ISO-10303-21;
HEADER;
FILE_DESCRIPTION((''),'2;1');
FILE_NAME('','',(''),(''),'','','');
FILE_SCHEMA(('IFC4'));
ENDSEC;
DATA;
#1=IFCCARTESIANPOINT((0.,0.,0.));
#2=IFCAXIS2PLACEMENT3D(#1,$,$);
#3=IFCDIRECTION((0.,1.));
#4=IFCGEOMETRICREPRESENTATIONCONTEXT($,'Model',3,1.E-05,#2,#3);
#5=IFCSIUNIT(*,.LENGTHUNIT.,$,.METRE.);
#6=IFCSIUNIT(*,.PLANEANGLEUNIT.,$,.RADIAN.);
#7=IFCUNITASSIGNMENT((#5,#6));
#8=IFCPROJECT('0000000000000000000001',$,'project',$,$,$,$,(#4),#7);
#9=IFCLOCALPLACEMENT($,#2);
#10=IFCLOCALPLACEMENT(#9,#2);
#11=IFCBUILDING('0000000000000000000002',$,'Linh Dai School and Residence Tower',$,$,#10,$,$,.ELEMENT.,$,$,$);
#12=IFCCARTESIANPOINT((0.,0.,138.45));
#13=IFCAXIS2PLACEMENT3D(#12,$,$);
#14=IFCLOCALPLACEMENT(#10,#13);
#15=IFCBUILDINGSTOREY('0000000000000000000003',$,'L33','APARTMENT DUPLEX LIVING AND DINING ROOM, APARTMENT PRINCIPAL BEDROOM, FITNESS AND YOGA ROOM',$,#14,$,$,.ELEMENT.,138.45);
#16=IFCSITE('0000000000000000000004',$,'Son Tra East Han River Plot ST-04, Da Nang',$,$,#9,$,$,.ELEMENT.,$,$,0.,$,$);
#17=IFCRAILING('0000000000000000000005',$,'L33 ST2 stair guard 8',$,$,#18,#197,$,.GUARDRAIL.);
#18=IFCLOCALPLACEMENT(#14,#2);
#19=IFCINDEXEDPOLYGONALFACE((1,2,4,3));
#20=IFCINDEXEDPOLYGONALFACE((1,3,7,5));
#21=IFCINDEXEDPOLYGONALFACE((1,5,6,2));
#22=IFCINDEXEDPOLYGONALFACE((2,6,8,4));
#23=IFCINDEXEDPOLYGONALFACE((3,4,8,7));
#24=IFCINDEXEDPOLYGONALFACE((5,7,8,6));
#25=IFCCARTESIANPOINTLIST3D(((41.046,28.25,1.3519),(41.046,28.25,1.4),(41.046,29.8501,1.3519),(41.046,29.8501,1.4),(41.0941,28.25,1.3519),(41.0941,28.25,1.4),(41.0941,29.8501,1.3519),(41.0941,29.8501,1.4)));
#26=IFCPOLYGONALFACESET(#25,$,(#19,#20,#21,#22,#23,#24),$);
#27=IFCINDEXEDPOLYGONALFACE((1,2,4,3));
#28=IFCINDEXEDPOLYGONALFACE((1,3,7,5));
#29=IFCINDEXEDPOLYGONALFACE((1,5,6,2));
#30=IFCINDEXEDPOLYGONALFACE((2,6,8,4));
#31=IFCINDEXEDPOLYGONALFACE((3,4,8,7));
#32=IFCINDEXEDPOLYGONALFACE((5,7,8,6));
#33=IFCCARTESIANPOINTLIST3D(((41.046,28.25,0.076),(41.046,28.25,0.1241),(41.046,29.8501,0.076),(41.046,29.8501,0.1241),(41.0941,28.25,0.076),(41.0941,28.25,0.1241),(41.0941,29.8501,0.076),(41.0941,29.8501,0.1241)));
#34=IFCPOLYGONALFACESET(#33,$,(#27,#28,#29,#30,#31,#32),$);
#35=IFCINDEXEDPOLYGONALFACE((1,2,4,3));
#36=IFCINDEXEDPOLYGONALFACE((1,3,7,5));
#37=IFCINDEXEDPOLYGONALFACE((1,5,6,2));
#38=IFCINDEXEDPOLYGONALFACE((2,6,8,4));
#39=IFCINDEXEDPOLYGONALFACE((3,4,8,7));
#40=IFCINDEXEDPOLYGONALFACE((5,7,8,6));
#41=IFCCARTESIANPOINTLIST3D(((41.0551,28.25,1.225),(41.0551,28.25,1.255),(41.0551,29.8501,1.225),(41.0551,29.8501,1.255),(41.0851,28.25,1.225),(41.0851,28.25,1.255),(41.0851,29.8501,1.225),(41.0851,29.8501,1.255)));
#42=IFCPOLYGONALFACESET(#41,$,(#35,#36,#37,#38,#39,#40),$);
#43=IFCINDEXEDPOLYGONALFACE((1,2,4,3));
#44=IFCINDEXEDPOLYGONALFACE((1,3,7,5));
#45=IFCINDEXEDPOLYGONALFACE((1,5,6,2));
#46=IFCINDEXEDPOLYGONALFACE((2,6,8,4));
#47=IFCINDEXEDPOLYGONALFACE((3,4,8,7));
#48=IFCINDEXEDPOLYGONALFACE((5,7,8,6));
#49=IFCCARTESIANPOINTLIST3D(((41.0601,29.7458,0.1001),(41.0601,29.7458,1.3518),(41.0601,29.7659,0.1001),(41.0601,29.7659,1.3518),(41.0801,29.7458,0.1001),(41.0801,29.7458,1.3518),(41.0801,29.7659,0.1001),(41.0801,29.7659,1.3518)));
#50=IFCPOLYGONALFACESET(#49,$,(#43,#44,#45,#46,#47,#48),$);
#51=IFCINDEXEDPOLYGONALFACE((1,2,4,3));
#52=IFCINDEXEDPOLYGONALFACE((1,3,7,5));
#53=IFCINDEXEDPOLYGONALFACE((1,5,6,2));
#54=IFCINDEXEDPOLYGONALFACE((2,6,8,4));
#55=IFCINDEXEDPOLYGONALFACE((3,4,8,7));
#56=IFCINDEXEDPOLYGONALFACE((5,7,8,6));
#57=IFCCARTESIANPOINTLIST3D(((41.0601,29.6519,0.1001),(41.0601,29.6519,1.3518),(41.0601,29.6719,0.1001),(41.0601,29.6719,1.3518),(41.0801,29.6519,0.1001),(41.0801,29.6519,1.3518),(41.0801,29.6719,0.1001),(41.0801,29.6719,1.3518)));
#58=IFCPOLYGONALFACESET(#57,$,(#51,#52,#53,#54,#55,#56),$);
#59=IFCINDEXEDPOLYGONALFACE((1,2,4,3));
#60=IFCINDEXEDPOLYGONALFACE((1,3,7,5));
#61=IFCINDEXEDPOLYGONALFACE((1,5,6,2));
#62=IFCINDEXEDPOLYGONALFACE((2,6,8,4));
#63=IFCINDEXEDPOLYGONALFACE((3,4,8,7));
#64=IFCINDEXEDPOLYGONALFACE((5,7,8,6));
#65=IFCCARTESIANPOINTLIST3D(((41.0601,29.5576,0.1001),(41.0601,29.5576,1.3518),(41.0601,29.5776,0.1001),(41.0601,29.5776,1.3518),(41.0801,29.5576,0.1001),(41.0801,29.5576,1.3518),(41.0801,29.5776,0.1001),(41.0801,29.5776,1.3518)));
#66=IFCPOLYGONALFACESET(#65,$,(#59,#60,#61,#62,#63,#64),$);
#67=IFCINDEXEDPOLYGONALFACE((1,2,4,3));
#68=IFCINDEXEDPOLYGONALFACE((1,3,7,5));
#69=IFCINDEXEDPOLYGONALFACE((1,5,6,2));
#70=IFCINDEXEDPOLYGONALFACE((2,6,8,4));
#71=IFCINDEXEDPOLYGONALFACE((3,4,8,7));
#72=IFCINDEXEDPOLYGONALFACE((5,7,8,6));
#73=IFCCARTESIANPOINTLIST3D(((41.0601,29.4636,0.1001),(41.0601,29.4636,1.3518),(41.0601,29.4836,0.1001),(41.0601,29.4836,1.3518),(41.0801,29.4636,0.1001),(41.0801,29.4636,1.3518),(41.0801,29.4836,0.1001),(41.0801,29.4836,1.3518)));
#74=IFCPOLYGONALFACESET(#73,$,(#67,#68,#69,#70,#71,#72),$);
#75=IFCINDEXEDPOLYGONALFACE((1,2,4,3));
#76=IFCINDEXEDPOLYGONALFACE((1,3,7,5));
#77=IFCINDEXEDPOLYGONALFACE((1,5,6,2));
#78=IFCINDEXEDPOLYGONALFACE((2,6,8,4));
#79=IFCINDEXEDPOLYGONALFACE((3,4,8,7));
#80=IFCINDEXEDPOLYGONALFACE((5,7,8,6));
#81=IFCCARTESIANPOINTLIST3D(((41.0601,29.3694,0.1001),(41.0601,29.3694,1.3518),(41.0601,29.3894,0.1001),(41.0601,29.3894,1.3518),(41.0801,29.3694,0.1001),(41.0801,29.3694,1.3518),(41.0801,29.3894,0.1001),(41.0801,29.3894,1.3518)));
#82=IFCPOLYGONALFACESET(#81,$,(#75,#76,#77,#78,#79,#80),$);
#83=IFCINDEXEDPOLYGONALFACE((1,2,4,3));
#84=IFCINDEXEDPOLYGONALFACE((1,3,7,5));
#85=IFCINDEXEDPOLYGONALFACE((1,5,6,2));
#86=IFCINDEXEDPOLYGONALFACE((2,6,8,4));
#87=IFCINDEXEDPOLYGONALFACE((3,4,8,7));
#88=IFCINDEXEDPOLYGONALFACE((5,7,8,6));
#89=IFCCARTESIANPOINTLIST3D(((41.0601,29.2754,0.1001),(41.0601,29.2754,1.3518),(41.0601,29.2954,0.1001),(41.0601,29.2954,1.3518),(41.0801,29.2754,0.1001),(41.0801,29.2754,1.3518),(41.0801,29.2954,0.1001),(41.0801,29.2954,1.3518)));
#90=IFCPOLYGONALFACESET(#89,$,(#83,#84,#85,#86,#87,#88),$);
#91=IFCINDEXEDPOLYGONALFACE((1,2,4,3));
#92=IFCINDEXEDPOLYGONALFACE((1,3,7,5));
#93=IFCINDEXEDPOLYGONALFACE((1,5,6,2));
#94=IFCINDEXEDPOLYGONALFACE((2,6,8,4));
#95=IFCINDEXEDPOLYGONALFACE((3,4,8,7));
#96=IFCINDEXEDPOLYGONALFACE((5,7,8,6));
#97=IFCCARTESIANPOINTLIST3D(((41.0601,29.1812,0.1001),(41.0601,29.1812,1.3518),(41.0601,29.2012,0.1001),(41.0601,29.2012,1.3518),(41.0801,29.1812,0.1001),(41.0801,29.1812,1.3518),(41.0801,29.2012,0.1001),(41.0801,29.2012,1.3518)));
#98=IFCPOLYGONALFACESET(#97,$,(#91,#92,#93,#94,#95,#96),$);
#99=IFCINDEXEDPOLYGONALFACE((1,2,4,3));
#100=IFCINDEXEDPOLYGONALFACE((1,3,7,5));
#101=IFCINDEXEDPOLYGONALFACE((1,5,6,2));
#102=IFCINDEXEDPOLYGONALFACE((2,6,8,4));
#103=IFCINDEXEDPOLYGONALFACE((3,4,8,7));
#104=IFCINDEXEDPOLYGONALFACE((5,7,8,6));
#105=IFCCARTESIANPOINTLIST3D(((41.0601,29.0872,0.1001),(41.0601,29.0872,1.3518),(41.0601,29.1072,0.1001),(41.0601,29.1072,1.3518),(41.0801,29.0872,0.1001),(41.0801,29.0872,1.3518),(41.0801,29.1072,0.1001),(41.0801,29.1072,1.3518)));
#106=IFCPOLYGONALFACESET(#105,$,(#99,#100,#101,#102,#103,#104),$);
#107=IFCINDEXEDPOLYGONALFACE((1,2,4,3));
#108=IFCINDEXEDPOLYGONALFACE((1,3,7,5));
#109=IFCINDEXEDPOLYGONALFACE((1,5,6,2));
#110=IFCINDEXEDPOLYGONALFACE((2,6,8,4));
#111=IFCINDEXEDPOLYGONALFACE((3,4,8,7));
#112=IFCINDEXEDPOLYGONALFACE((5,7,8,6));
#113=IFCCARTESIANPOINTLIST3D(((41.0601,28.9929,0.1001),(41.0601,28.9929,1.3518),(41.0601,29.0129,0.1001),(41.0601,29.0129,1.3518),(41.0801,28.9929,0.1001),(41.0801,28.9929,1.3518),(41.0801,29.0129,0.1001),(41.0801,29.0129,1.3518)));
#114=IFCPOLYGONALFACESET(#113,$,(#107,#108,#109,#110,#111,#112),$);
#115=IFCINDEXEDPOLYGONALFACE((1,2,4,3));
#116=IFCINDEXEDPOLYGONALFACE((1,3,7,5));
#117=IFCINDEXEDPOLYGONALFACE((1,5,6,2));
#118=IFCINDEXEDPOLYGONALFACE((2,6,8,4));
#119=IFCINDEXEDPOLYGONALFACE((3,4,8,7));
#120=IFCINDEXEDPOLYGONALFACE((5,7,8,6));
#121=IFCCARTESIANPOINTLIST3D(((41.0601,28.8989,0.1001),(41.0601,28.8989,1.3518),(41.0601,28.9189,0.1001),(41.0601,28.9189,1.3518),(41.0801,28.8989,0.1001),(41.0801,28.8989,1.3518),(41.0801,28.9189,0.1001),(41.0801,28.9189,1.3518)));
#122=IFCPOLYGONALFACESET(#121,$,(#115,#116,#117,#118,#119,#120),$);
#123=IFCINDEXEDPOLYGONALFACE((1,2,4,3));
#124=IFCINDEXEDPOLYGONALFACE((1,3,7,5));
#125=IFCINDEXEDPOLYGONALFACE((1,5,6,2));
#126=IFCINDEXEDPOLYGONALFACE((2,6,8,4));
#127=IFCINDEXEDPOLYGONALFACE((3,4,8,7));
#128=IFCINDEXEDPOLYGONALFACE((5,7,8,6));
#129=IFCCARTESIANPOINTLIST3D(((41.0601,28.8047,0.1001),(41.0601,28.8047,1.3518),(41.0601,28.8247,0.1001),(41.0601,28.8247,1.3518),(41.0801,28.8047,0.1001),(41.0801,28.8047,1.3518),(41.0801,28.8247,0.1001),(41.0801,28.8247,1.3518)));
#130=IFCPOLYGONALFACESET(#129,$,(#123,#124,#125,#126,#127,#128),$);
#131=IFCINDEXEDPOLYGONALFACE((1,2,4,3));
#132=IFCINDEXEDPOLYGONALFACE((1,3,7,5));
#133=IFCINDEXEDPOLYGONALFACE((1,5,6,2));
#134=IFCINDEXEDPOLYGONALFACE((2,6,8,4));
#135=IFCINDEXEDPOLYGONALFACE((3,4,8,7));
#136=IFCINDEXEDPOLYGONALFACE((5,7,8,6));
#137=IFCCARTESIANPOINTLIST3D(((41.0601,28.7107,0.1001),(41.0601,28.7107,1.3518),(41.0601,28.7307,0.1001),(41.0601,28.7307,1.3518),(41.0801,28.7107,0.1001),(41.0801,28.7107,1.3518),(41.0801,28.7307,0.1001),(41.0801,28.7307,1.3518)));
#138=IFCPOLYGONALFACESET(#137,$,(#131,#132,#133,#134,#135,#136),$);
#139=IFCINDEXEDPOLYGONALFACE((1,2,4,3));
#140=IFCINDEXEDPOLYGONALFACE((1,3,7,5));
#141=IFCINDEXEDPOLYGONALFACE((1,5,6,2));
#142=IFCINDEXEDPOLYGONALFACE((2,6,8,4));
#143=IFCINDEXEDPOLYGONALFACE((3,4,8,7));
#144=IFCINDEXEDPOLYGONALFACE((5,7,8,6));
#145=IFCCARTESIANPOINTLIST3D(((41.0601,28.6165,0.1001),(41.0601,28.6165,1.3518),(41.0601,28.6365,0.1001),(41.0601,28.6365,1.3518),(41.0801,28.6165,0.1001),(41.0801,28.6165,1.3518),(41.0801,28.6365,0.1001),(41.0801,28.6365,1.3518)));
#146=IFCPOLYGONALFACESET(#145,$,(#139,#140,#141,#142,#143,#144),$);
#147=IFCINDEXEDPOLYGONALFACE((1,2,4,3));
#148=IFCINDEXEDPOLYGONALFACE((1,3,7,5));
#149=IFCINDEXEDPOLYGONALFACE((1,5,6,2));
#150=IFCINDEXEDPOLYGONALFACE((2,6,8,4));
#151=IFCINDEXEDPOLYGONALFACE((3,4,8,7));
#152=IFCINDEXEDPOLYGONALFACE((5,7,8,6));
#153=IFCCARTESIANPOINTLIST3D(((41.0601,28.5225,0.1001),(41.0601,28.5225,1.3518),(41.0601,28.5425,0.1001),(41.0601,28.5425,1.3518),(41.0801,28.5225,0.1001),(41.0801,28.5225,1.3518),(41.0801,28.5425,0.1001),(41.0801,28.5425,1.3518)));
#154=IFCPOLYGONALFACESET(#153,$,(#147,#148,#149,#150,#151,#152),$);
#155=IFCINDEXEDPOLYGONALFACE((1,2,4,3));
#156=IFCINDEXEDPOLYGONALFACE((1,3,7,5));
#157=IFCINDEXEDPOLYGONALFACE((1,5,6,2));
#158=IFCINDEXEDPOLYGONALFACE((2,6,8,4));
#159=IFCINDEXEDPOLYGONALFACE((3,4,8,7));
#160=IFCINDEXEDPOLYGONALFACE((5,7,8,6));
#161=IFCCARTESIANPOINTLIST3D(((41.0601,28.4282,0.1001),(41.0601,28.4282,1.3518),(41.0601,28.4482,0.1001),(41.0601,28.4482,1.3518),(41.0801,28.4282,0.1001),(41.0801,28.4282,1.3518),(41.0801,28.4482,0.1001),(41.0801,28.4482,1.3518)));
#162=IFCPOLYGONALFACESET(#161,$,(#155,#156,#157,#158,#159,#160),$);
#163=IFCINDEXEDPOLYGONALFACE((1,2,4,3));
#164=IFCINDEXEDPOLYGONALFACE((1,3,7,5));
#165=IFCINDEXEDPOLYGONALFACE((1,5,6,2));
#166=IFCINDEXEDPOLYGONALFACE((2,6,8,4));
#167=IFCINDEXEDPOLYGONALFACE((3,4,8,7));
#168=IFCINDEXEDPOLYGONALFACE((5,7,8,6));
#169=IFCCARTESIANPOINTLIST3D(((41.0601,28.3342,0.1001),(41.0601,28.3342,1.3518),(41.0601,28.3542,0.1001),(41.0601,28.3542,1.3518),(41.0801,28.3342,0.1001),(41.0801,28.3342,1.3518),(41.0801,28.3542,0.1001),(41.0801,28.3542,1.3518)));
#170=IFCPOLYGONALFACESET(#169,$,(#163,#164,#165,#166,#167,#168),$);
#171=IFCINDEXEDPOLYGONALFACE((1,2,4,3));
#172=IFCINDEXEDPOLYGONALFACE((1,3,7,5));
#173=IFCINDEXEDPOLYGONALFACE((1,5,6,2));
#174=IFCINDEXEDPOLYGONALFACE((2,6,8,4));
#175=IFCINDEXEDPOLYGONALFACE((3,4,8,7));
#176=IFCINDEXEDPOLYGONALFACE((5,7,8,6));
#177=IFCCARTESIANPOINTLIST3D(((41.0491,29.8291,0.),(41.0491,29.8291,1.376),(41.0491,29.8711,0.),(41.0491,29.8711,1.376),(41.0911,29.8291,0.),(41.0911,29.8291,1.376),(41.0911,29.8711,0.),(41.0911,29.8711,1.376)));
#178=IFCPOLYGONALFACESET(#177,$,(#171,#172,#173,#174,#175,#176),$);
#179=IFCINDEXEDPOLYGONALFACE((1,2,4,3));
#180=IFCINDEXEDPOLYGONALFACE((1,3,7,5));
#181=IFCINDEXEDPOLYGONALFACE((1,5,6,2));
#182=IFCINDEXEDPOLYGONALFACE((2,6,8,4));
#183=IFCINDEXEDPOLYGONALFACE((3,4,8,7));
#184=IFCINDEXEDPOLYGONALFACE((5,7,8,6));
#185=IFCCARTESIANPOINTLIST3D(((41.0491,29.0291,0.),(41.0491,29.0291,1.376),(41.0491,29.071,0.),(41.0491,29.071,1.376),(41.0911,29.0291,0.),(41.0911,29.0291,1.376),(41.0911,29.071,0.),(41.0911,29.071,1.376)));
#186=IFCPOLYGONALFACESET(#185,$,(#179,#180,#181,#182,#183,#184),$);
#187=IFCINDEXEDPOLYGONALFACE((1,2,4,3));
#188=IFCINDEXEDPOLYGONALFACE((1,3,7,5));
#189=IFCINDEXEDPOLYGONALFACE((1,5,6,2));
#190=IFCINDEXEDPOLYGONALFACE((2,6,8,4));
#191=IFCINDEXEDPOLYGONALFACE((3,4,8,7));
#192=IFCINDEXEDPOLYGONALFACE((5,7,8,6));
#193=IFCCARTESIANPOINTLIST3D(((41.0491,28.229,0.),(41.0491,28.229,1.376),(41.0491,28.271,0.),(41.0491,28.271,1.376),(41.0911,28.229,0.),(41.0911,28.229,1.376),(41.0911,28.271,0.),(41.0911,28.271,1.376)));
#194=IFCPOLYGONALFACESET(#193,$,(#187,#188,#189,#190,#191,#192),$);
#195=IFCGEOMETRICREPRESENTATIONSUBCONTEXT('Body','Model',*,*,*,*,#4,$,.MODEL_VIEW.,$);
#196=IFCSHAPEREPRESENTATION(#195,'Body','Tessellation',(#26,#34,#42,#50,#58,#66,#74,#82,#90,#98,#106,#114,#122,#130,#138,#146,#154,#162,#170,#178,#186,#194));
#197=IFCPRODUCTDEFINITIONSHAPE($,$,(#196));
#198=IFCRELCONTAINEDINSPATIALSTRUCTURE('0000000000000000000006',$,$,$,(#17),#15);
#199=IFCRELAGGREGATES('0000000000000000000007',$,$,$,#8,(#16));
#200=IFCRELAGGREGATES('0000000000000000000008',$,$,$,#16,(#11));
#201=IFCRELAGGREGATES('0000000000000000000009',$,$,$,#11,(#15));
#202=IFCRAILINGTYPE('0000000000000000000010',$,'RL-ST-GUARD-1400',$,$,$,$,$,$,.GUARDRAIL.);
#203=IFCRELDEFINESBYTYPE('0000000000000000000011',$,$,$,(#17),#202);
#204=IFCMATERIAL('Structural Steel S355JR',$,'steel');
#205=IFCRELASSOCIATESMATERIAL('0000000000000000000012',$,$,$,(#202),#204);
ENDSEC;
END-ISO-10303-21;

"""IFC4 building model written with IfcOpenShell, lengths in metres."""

from ifc_helpers import new_model, si_unit, direction, frame, origin, origin_2d, place, context, subcontext, project, spatial, rectangle, extrude, source, transform, mapped, material, type_object, element, save


model = new_model("IFC4")

# Units and contexts
model_context = context("Model", 3, precision=1e-05, world=origin(), true_north=direction((0.0, 1.0)))
body_context = subcontext(model_context, "Body", "Model", "MODEL_VIEW")
ifc_project = project(units=[si_unit("LENGTHUNIT", "METRE"), si_unit("PLANEANGLEUNIT", "RADIAN")], contexts=[model_context])

# Site, building, storey
site_placement = place(None, origin())
site = spatial("IfcSite", under=ifc_project, at=site_placement, Name="Son Tra East Han River Plot ST-04, Da Nang", CompositionType="ELEMENT", RefElevation=0.0)
building_placement = place(site_placement, origin())
building = spatial("IfcBuilding", under=site, at=building_placement, Name="Linh Dai School and Residence Tower", CompositionType="ELEMENT")
storey_placement = place(building_placement, frame((0.0, 0.0, 138.45)))
storey = spatial("IfcBuildingStorey", under=building, at=storey_placement, Name="L33", Description="APARTMENT DUPLEX LIVING AND DINING ROOM, APARTMENT PRINCIPAL BEDROOM, FITNESS AND YOGA ROOM", CompositionType="ELEMENT", Elevation=138.45)

# Shared definitions
ifc_material_1 = material(Name="Structural Steel S355JR", Category="steel")

# Railing
railing_type_1 = type_object("IfcRailingType", Name="RL-ST-GUARD-1400", PredefinedType="GUARDRAIL", material=ifc_material_1)
shared_shape_1 = source(origin(), body_context, "Body", "SweptSolid", [
    extrude(rectangle(XDim=0.0481, YDim=0.0481, at=origin_2d()), frame((0.0, 0.0, 1.376), z_axis=(0.0, -1.0, 0.0), x_axis=(1.0, 0.0, 0.0)), (0.0, 0.0, 1.0), 1.6001),
    extrude(rectangle(XDim=0.0481, YDim=0.0481, at=origin_2d()), frame((0.0, 0.0, 0.1001), z_axis=(0.0, -1.0, 0.0), x_axis=(1.0, 0.0, 0.0)), (0.0, 0.0, 1.0), 1.6001),
    extrude(rectangle(XDim=0.03, YDim=0.03, at=origin_2d()), frame((0.0, 0.0, 1.24), z_axis=(0.0, -1.0, 0.0), x_axis=(1.0, 0.0, 0.0)), (0.0, 0.0, 1.0), 1.6001),
    extrude(rectangle(XDim=0.02, YDim=0.02, at=origin_2d()), frame((0.0, -0.0942, 0.1001)), (0.0, 0.0, 1.0), 1.2517),
    extrude(rectangle(XDim=0.02, YDim=0.02, at=origin_2d()), frame((0.0, -0.1882, 0.1001)), (0.0, 0.0, 1.0), 1.2517),
    extrude(rectangle(XDim=0.02, YDim=0.02, at=origin_2d()), frame((0.0, -0.2825, 0.1001)), (0.0, 0.0, 1.0), 1.2517),
    extrude(rectangle(XDim=0.02, YDim=0.02, at=origin_2d()), frame((0.0, -0.3765, 0.1001)), (0.0, 0.0, 1.0), 1.2517),
    extrude(rectangle(XDim=0.02, YDim=0.02, at=origin_2d()), frame((0.0, -0.4707, 0.1001)), (0.0, 0.0, 1.0), 1.2517),
    extrude(rectangle(XDim=0.02, YDim=0.02, at=origin_2d()), frame((0.0, -0.5647, 0.1001)), (0.0, 0.0, 1.0), 1.2517),
    extrude(rectangle(XDim=0.02, YDim=0.02, at=origin_2d()), frame((0.0, -0.6589, 0.1001)), (0.0, 0.0, 1.0), 1.2517),
    extrude(rectangle(XDim=0.02, YDim=0.02, at=origin_2d()), frame((0.0, -0.7529, 0.1001)), (0.0, 0.0, 1.0), 1.2517),
    extrude(rectangle(XDim=0.02, YDim=0.02, at=origin_2d()), frame((0.0, -0.8472, 0.1001)), (0.0, 0.0, 1.0), 1.2517),
    extrude(rectangle(XDim=0.02, YDim=0.02, at=origin_2d()), frame((0.0, -0.9412, 0.1001)), (0.0, 0.0, 1.0), 1.2517),
    extrude(rectangle(XDim=0.02, YDim=0.02, at=origin_2d()), frame((0.0, -1.0354, 0.1001)), (0.0, 0.0, 1.0), 1.2517),
    extrude(rectangle(XDim=0.02, YDim=0.02, at=origin_2d()), frame((0.0, -1.1294, 0.1001)), (0.0, 0.0, 1.0), 1.2517),
    extrude(rectangle(XDim=0.02, YDim=0.02, at=origin_2d()), frame((0.0, -1.2236, 0.1001)), (0.0, 0.0, 1.0), 1.2517),
    extrude(rectangle(XDim=0.02, YDim=0.02, at=origin_2d()), frame((0.0, -1.3176, 0.1001)), (0.0, 0.0, 1.0), 1.2517),
    extrude(rectangle(XDim=0.02, YDim=0.02, at=origin_2d()), frame((0.0, -1.4119, 0.1001)), (0.0, 0.0, 1.0), 1.2517),
    extrude(rectangle(XDim=0.02, YDim=0.02, at=origin_2d()), frame((0.0, -1.5059, 0.1001)), (0.0, 0.0, 1.0), 1.2517),
    extrude(rectangle(XDim=0.042, YDim=0.042, at=origin_2d()), origin(), (0.0, 0.0, 1.0), 1.376),
    extrude(rectangle(XDim=0.042, YDim=0.042, at=origin_2d()), frame((0.0, -0.8, 0.0)), (0.0, 0.0, 1.0), 1.376),
    extrude(rectangle(XDim=0.042, YDim=0.042, at=origin_2d()), frame((0.0, -1.6001, 0.0)), (0.0, 0.0, 1.0), 1.376),
])
for number, where, name in (
    (1, (41.0701, 29.8501, 0.0), "L33 ST2 stair guard 8"),
):
    element("IfcRailing", number, at=place(storey_placement, frame(where)), inside=storey, type_object=railing_type_1, Name=name, PredefinedType="GUARDRAIL", context=body_context, shape_type="MappedRepresentation", body=[
        mapped(shared_shape_1, transform((0.0, 0.0, 0.0), x_axis=(1.0, 0.0, 0.0), y_axis=(0.0, 1.0, 0.0), z_axis=(0.0, 0.0, 1.0), scale=1.0)),
    ])

save(model, "model.ifc")
